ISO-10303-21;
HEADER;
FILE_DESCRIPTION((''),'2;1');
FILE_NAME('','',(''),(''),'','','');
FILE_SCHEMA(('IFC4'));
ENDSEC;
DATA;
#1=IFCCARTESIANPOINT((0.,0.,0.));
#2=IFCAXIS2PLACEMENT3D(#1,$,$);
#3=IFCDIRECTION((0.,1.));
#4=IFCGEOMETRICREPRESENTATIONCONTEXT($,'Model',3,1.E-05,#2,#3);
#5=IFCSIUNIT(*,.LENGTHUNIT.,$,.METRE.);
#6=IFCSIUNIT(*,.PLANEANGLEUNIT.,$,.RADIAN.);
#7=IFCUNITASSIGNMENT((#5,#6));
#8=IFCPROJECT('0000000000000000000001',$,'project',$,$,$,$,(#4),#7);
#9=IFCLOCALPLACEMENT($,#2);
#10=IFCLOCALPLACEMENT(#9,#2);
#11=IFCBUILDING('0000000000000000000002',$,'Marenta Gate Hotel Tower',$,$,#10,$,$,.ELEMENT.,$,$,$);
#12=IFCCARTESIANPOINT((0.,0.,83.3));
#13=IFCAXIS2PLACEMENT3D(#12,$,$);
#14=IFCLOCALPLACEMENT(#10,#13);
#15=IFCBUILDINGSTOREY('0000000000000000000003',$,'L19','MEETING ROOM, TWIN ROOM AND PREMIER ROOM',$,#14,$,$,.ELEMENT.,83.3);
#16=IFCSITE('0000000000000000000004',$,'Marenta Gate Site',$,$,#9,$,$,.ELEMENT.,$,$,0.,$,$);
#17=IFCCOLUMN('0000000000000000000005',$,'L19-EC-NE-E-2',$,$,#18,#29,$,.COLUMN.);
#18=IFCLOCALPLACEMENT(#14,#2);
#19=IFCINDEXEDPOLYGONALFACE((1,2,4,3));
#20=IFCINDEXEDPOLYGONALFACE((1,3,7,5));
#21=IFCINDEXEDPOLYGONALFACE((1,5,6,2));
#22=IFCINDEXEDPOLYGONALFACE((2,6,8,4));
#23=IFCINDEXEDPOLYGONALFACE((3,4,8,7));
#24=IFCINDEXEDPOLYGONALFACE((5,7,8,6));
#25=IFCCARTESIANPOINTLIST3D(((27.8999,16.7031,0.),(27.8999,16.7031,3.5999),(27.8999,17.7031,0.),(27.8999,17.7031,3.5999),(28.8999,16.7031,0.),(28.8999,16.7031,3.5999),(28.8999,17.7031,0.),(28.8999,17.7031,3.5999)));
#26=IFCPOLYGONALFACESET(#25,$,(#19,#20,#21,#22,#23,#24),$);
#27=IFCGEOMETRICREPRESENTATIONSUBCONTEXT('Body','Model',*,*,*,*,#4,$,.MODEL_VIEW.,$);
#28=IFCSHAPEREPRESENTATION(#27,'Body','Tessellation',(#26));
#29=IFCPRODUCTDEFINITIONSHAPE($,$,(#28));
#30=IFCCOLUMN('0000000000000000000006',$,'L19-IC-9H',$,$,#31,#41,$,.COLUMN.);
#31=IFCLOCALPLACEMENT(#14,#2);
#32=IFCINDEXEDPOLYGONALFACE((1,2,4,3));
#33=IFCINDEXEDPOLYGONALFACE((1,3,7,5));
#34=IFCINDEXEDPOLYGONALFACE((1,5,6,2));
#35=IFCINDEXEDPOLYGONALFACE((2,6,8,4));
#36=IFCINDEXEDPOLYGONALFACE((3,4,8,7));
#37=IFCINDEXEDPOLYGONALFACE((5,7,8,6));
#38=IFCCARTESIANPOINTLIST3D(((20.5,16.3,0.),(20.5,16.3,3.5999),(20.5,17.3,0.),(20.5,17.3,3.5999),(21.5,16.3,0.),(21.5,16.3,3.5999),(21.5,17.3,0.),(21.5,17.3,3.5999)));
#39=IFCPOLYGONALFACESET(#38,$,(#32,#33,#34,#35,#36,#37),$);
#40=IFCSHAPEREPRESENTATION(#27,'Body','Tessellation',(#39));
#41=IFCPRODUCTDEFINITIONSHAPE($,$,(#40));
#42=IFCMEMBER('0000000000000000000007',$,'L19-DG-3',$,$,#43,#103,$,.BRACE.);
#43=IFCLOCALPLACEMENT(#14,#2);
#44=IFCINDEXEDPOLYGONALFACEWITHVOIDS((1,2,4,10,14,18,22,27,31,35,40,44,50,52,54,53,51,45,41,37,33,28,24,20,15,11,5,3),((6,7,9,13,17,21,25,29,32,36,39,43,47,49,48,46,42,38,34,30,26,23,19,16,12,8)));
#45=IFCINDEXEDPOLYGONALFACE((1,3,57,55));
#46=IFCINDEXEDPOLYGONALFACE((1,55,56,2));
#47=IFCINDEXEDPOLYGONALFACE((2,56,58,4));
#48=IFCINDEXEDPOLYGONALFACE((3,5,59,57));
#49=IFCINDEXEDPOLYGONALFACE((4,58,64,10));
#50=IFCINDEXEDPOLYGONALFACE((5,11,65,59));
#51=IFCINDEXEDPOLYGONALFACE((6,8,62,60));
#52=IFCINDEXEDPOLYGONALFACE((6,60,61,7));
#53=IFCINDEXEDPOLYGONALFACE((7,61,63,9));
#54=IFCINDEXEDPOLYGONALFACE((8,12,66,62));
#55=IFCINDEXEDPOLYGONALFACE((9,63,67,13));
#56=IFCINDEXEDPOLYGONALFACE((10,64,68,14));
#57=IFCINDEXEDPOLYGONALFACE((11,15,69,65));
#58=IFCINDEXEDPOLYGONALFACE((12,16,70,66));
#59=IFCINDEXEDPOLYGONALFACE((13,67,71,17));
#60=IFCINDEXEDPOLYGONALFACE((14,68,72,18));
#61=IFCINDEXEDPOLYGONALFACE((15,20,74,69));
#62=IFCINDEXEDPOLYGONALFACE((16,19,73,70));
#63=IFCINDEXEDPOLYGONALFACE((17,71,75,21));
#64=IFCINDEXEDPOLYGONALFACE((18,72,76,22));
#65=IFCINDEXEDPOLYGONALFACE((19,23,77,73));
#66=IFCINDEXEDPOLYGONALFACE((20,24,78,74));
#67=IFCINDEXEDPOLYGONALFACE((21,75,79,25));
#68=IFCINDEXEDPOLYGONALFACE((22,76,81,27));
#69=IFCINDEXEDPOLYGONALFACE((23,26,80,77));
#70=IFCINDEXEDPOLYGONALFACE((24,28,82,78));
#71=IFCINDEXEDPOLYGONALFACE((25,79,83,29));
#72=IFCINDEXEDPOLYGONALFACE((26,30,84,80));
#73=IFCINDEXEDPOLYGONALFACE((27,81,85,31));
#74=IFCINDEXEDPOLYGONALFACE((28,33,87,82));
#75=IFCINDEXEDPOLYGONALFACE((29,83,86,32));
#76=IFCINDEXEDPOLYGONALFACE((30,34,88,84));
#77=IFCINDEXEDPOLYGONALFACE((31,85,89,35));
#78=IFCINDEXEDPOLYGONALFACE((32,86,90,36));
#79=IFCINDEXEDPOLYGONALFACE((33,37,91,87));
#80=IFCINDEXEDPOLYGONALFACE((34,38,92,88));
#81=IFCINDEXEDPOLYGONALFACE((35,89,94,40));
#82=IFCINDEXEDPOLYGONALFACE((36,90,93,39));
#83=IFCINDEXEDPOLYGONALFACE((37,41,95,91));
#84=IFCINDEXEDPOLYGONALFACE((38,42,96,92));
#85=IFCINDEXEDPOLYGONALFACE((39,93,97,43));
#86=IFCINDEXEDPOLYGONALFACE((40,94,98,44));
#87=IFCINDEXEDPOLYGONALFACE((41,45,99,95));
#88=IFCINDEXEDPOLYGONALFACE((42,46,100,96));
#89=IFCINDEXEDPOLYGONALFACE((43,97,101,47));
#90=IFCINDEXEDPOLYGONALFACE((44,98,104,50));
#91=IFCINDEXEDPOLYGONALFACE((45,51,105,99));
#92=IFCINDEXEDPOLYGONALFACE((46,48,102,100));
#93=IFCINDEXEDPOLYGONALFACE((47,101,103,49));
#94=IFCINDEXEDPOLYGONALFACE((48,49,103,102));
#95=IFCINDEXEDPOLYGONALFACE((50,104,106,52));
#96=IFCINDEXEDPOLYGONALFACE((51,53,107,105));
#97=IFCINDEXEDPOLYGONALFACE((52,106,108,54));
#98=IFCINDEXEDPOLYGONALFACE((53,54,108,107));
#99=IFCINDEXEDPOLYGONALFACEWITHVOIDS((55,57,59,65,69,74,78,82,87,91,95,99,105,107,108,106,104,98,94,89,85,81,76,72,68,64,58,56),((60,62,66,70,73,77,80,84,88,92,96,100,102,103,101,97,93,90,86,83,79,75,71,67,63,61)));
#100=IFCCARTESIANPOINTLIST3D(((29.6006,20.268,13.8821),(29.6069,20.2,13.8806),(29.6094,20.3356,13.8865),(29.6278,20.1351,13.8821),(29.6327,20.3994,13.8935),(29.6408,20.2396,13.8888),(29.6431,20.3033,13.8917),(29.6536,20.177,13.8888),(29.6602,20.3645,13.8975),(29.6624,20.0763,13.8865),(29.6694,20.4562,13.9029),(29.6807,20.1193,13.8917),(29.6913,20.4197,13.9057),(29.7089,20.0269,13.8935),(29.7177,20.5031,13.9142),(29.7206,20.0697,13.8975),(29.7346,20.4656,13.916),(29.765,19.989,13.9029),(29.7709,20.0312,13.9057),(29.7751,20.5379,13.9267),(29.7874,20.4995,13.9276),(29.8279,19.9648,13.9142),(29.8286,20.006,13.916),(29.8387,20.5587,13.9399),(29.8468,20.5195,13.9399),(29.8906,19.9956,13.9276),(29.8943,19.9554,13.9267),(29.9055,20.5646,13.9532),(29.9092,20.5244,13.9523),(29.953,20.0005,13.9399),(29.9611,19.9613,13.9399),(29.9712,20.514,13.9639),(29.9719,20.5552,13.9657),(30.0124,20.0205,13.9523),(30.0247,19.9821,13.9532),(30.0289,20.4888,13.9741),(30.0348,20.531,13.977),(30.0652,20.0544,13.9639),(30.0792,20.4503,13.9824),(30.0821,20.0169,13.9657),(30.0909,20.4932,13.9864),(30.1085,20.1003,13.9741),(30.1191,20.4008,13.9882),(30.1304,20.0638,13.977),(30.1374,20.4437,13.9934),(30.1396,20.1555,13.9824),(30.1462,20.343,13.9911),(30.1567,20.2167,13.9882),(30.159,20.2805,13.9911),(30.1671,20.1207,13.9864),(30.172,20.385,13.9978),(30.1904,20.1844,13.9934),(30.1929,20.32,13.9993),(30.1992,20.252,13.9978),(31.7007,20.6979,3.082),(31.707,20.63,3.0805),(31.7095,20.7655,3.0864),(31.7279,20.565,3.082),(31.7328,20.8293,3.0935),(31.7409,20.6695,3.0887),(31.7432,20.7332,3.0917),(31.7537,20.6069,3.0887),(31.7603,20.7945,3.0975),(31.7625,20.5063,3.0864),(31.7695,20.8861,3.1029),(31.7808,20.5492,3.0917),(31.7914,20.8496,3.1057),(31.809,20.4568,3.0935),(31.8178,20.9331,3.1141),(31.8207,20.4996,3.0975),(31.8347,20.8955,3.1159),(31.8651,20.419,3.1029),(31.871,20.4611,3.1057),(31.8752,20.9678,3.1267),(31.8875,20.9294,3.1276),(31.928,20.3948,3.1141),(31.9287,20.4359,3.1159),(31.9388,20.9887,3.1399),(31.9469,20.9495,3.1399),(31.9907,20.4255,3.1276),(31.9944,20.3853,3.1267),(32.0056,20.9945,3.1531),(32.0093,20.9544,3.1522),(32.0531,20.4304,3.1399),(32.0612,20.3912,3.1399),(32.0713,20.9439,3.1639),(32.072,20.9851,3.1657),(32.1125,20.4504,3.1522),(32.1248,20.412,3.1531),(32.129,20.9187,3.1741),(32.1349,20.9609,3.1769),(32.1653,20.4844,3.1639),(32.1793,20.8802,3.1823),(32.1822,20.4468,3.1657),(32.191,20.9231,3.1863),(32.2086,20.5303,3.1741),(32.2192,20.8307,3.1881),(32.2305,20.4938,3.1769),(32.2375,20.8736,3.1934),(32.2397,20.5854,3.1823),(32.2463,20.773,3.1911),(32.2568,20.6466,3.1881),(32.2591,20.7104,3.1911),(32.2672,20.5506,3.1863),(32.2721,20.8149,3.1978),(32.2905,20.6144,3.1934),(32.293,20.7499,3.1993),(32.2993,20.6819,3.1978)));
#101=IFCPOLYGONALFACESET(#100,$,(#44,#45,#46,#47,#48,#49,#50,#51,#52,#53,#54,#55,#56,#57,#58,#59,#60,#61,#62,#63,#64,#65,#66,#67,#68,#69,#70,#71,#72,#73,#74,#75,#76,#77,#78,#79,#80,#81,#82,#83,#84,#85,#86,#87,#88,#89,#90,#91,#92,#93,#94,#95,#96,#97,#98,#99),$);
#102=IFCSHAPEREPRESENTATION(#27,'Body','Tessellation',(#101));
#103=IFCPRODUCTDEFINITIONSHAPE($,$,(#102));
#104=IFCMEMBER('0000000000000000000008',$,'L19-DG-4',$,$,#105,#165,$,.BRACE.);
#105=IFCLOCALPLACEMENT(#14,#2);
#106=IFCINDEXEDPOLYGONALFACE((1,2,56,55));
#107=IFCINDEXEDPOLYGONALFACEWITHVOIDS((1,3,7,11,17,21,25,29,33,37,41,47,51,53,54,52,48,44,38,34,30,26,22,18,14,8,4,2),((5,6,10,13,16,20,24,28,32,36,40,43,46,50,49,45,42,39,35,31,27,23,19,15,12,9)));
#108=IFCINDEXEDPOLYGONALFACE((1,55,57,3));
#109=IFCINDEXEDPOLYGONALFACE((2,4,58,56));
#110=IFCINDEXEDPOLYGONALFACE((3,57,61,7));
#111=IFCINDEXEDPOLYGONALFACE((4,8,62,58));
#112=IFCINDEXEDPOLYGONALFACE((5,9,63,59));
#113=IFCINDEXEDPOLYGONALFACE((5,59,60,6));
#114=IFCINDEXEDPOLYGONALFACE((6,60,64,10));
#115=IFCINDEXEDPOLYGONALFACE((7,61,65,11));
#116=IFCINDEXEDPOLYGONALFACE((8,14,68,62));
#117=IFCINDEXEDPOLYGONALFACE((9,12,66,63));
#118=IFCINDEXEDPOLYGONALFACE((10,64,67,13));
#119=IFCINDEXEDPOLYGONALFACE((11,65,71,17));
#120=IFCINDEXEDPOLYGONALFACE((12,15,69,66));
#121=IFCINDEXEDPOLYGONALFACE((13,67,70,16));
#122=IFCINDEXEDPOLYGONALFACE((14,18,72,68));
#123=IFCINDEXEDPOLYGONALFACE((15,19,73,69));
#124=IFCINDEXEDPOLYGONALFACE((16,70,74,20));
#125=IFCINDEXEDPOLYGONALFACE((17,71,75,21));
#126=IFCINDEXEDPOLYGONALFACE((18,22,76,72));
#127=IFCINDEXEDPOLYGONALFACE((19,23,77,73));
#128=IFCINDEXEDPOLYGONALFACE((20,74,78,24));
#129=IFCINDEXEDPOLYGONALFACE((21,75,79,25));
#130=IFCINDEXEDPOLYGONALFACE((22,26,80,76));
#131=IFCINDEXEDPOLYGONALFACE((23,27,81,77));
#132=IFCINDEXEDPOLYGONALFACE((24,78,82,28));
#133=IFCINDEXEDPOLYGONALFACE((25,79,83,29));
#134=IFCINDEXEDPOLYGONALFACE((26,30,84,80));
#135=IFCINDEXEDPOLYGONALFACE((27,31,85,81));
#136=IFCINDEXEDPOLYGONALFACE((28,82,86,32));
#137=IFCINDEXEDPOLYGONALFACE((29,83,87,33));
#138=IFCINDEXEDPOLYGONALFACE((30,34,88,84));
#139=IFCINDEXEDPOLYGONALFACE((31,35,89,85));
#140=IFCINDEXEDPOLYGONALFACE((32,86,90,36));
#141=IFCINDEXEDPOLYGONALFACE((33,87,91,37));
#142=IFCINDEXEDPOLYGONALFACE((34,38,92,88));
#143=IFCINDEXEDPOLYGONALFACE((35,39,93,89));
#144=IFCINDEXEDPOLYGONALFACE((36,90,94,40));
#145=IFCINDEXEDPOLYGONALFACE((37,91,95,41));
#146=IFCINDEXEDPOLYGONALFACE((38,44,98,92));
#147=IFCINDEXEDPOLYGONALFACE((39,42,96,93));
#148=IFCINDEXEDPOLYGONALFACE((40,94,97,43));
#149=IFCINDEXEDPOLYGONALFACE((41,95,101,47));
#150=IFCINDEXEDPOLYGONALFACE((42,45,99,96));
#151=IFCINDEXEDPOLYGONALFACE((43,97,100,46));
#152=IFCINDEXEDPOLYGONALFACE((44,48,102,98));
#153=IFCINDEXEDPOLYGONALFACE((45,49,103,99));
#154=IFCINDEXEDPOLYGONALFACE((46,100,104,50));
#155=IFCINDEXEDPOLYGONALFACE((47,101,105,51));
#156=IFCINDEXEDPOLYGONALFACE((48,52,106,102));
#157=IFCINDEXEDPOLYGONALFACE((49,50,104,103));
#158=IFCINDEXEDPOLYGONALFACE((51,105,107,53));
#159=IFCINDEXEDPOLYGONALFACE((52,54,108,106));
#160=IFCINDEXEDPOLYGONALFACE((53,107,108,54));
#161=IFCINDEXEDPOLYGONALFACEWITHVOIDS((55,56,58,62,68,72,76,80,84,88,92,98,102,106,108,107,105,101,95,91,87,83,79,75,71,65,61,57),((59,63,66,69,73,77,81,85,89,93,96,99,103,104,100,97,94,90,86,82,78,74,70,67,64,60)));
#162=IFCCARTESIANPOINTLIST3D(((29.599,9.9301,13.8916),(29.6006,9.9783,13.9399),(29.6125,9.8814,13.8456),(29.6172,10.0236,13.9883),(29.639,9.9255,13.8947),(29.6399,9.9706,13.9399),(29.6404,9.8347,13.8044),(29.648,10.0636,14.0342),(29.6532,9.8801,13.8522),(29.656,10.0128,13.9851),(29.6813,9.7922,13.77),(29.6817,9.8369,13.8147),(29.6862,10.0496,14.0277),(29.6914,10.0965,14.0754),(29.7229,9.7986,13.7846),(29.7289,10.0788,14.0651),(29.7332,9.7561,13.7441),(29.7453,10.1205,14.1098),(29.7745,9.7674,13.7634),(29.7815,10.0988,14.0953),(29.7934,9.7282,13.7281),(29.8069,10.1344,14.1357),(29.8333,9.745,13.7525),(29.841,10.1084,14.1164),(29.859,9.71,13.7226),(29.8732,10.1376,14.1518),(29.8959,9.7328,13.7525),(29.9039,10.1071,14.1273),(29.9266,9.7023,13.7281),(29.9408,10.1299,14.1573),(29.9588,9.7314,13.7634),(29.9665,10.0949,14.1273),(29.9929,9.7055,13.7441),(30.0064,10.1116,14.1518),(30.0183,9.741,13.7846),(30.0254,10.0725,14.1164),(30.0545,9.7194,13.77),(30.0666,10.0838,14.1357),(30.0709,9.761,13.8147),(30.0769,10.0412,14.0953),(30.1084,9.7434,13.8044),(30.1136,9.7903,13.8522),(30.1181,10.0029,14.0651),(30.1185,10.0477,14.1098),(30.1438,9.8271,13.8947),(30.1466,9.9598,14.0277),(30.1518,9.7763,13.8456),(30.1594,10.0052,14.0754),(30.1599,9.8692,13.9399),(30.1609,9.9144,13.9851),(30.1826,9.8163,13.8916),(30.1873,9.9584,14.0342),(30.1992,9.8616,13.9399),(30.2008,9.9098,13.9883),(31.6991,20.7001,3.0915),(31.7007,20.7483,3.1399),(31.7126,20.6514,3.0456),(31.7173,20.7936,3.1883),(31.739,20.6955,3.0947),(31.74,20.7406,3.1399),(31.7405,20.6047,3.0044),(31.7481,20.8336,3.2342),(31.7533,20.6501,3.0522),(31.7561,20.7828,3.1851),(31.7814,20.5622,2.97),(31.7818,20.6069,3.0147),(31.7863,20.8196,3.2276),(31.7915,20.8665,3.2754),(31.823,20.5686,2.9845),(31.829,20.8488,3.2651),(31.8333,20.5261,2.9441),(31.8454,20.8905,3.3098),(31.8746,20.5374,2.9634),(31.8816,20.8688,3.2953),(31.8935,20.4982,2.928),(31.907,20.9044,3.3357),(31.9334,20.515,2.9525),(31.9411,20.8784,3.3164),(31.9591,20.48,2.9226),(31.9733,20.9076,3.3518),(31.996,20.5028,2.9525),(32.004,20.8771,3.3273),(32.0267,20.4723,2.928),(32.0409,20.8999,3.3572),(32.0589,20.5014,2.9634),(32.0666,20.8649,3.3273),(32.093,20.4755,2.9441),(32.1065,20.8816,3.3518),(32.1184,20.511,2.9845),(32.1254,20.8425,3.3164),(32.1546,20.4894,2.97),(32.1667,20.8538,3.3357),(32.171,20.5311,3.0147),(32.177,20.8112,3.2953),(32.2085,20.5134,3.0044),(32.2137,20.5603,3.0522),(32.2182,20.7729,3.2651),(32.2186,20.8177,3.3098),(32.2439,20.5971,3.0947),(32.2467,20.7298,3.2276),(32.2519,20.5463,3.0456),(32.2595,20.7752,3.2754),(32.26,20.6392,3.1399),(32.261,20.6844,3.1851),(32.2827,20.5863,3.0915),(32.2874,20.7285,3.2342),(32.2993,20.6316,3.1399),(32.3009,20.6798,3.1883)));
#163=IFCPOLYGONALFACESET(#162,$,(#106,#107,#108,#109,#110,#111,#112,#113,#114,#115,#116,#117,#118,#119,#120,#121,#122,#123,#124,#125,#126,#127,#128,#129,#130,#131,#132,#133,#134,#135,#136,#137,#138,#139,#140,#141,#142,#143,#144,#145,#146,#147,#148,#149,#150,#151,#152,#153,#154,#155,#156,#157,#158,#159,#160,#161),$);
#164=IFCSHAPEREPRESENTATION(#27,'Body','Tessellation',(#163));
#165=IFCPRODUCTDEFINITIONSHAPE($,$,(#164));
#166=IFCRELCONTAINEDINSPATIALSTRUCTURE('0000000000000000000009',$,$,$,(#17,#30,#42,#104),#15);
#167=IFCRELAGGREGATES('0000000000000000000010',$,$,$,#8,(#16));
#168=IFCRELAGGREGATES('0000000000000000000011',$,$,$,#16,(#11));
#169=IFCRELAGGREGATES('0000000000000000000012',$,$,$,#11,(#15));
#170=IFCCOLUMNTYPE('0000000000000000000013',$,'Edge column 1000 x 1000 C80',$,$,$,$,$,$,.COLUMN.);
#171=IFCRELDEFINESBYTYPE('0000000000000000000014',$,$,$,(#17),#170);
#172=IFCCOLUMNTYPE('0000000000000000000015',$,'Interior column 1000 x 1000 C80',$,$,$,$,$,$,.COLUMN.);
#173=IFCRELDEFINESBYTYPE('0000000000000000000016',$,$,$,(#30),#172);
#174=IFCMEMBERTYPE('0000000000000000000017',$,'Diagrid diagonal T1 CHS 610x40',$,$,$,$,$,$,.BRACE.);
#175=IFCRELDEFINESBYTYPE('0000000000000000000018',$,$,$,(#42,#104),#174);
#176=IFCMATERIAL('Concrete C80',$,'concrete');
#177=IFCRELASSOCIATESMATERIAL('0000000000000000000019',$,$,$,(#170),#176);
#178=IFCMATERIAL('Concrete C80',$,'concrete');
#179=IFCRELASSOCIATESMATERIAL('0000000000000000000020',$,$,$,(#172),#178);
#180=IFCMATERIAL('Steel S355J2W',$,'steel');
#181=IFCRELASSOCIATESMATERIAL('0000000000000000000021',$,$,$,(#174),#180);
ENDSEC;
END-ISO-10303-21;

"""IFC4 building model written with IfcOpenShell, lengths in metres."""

from ifc_helpers import new_model, si_unit, direction, frame, origin, origin_2d, place, context, subcontext, project, spatial, rectangle, hollow_circle, extrude, material, material_profile, profile_set, type_object, element, save


model = new_model("IFC4")

# Units and contexts
model_context = context("Model", 3, precision=1e-05, world=origin(), true_north=direction((0.0, 1.0)))
body_context = subcontext(model_context, "Body", "Model", "MODEL_VIEW")
ifc_project = project(units=[si_unit("LENGTHUNIT", "METRE"), si_unit("PLANEANGLEUNIT", "RADIAN")], contexts=[model_context])

# Site, building, storey
site_placement = place(None, origin())
site = spatial("IfcSite", under=ifc_project, at=site_placement, Name="Marenta Gate Site", CompositionType="ELEMENT", RefElevation=0.0)
building_placement = place(site_placement, origin())
building = spatial("IfcBuilding", under=site, at=building_placement, Name="Marenta Gate Hotel Tower", CompositionType="ELEMENT")
storey_placement = place(building_placement, frame((0.0, 0.0, 83.3)))
storey = spatial("IfcBuildingStorey", under=building, at=storey_placement, Name="L19", Description="MEETING ROOM, TWIN ROOM AND PREMIER ROOM", CompositionType="ELEMENT", Elevation=83.3)

# Columns
ifc_material_1 = material(Name="Concrete C80", Category="concrete")
ifc_material_profile_1 = material_profile(ifc_material_1, rectangle(XDim=1.0, YDim=1.0, at=origin_2d()), Name="1000 x 1000")
ifc_profile_set_1 = profile_set([ifc_material_profile_1], Name="Concrete C80")
column_type_1 = type_object("IfcColumnType", Name="Edge column 1000 x 1000 C80", PredefinedType="COLUMN", material=ifc_profile_set_1)
column_1_placement = place(storey_placement, frame((28.3999, 17.2031, 0.0), z_axis=(0.0, 0.0, 1.0), x_axis=(1.0, 0.0, 0.0)))
element("IfcColumn", 1, at=column_1_placement, inside=storey, type_object=column_type_1, Name="L19-EC-NE-E-2", PredefinedType="COLUMN", context=body_context, shape_type="SweptSolid", body=[
    extrude(rectangle(XDim=1.0, YDim=1.0, at=origin_2d()), origin(), (0.0, 0.0, 1.0), 3.5999),
])
ifc_material_2 = material(Name="Concrete C80", Category="concrete")
ifc_material_profile_2 = material_profile(ifc_material_2, rectangle(XDim=1.0, YDim=1.0, at=origin_2d()), Name="1000 x 1000")
ifc_profile_set_2 = profile_set([ifc_material_profile_2], Name="Concrete C80")
column_type_2 = type_object("IfcColumnType", Name="Interior column 1000 x 1000 C80", PredefinedType="COLUMN", material=ifc_profile_set_2)
column_2_placement = place(storey_placement, frame((21.0, 16.8, 0.0), z_axis=(0.0, 0.0, 1.0), x_axis=(1.0, 0.0, 0.0)))
element("IfcColumn", 2, at=column_2_placement, inside=storey, type_object=column_type_2, Name="L19-IC-9H", PredefinedType="COLUMN", context=body_context, shape_type="SweptSolid", body=[
    extrude(rectangle(XDim=1.0, YDim=1.0, at=origin_2d()), origin(), (0.0, 0.0, 1.0), 3.5999),
])

# Members
ifc_material_3 = material(Name="Steel S355J2W", Category="steel")
ifc_material_profile_3 = material_profile(ifc_material_3, hollow_circle(Radius=0.3049, WallThickness=0.04, at=origin_2d()), Name="CHS 610x40")
ifc_profile_set_3 = profile_set([ifc_material_profile_3], Name="Steel S355J2W")
member_type_1 = type_object("IfcMemberType", Name="Diagrid diagonal T1 CHS 610x40", PredefinedType="BRACE", material=ifc_profile_set_3)
member_1_placement = place(storey_placement, frame((32.0, 20.6899, 3.1399), z_axis=(-0.190732, -0.039047, 0.980865), x_axis=(0.20056, -0.979681, 0.0)))
element("IfcMember", 3, at=member_1_placement, inside=storey, type_object=member_type_1, Name="L19-DG-3", PredefinedType="BRACE", context=body_context, shape_type="SweptSolid", body=[
    extrude(hollow_circle(Radius=0.3049, WallThickness=0.04, at=origin_2d()), origin(), (0.0, 0.0, 1.0), 11.0107),
])
member_2_placement = place(storey_placement, frame((32.0, 20.6899, 3.1399), z_axis=(-0.136403, -0.699522, 0.701472), x_axis=(0.981514, -0.19139, 0.0)))
element("IfcMember", 4, at=member_2_placement, inside=storey, type_object=member_type_1, Name="L19-DG-4", PredefinedType="BRACE", context=body_context, shape_type="SweptSolid", body=[
    extrude(hollow_circle(Radius=0.3049, WallThickness=0.04, at=origin_2d()), origin(), (0.0, 0.0, 1.0), 15.3962),
])

save(model, "model.ifc")
